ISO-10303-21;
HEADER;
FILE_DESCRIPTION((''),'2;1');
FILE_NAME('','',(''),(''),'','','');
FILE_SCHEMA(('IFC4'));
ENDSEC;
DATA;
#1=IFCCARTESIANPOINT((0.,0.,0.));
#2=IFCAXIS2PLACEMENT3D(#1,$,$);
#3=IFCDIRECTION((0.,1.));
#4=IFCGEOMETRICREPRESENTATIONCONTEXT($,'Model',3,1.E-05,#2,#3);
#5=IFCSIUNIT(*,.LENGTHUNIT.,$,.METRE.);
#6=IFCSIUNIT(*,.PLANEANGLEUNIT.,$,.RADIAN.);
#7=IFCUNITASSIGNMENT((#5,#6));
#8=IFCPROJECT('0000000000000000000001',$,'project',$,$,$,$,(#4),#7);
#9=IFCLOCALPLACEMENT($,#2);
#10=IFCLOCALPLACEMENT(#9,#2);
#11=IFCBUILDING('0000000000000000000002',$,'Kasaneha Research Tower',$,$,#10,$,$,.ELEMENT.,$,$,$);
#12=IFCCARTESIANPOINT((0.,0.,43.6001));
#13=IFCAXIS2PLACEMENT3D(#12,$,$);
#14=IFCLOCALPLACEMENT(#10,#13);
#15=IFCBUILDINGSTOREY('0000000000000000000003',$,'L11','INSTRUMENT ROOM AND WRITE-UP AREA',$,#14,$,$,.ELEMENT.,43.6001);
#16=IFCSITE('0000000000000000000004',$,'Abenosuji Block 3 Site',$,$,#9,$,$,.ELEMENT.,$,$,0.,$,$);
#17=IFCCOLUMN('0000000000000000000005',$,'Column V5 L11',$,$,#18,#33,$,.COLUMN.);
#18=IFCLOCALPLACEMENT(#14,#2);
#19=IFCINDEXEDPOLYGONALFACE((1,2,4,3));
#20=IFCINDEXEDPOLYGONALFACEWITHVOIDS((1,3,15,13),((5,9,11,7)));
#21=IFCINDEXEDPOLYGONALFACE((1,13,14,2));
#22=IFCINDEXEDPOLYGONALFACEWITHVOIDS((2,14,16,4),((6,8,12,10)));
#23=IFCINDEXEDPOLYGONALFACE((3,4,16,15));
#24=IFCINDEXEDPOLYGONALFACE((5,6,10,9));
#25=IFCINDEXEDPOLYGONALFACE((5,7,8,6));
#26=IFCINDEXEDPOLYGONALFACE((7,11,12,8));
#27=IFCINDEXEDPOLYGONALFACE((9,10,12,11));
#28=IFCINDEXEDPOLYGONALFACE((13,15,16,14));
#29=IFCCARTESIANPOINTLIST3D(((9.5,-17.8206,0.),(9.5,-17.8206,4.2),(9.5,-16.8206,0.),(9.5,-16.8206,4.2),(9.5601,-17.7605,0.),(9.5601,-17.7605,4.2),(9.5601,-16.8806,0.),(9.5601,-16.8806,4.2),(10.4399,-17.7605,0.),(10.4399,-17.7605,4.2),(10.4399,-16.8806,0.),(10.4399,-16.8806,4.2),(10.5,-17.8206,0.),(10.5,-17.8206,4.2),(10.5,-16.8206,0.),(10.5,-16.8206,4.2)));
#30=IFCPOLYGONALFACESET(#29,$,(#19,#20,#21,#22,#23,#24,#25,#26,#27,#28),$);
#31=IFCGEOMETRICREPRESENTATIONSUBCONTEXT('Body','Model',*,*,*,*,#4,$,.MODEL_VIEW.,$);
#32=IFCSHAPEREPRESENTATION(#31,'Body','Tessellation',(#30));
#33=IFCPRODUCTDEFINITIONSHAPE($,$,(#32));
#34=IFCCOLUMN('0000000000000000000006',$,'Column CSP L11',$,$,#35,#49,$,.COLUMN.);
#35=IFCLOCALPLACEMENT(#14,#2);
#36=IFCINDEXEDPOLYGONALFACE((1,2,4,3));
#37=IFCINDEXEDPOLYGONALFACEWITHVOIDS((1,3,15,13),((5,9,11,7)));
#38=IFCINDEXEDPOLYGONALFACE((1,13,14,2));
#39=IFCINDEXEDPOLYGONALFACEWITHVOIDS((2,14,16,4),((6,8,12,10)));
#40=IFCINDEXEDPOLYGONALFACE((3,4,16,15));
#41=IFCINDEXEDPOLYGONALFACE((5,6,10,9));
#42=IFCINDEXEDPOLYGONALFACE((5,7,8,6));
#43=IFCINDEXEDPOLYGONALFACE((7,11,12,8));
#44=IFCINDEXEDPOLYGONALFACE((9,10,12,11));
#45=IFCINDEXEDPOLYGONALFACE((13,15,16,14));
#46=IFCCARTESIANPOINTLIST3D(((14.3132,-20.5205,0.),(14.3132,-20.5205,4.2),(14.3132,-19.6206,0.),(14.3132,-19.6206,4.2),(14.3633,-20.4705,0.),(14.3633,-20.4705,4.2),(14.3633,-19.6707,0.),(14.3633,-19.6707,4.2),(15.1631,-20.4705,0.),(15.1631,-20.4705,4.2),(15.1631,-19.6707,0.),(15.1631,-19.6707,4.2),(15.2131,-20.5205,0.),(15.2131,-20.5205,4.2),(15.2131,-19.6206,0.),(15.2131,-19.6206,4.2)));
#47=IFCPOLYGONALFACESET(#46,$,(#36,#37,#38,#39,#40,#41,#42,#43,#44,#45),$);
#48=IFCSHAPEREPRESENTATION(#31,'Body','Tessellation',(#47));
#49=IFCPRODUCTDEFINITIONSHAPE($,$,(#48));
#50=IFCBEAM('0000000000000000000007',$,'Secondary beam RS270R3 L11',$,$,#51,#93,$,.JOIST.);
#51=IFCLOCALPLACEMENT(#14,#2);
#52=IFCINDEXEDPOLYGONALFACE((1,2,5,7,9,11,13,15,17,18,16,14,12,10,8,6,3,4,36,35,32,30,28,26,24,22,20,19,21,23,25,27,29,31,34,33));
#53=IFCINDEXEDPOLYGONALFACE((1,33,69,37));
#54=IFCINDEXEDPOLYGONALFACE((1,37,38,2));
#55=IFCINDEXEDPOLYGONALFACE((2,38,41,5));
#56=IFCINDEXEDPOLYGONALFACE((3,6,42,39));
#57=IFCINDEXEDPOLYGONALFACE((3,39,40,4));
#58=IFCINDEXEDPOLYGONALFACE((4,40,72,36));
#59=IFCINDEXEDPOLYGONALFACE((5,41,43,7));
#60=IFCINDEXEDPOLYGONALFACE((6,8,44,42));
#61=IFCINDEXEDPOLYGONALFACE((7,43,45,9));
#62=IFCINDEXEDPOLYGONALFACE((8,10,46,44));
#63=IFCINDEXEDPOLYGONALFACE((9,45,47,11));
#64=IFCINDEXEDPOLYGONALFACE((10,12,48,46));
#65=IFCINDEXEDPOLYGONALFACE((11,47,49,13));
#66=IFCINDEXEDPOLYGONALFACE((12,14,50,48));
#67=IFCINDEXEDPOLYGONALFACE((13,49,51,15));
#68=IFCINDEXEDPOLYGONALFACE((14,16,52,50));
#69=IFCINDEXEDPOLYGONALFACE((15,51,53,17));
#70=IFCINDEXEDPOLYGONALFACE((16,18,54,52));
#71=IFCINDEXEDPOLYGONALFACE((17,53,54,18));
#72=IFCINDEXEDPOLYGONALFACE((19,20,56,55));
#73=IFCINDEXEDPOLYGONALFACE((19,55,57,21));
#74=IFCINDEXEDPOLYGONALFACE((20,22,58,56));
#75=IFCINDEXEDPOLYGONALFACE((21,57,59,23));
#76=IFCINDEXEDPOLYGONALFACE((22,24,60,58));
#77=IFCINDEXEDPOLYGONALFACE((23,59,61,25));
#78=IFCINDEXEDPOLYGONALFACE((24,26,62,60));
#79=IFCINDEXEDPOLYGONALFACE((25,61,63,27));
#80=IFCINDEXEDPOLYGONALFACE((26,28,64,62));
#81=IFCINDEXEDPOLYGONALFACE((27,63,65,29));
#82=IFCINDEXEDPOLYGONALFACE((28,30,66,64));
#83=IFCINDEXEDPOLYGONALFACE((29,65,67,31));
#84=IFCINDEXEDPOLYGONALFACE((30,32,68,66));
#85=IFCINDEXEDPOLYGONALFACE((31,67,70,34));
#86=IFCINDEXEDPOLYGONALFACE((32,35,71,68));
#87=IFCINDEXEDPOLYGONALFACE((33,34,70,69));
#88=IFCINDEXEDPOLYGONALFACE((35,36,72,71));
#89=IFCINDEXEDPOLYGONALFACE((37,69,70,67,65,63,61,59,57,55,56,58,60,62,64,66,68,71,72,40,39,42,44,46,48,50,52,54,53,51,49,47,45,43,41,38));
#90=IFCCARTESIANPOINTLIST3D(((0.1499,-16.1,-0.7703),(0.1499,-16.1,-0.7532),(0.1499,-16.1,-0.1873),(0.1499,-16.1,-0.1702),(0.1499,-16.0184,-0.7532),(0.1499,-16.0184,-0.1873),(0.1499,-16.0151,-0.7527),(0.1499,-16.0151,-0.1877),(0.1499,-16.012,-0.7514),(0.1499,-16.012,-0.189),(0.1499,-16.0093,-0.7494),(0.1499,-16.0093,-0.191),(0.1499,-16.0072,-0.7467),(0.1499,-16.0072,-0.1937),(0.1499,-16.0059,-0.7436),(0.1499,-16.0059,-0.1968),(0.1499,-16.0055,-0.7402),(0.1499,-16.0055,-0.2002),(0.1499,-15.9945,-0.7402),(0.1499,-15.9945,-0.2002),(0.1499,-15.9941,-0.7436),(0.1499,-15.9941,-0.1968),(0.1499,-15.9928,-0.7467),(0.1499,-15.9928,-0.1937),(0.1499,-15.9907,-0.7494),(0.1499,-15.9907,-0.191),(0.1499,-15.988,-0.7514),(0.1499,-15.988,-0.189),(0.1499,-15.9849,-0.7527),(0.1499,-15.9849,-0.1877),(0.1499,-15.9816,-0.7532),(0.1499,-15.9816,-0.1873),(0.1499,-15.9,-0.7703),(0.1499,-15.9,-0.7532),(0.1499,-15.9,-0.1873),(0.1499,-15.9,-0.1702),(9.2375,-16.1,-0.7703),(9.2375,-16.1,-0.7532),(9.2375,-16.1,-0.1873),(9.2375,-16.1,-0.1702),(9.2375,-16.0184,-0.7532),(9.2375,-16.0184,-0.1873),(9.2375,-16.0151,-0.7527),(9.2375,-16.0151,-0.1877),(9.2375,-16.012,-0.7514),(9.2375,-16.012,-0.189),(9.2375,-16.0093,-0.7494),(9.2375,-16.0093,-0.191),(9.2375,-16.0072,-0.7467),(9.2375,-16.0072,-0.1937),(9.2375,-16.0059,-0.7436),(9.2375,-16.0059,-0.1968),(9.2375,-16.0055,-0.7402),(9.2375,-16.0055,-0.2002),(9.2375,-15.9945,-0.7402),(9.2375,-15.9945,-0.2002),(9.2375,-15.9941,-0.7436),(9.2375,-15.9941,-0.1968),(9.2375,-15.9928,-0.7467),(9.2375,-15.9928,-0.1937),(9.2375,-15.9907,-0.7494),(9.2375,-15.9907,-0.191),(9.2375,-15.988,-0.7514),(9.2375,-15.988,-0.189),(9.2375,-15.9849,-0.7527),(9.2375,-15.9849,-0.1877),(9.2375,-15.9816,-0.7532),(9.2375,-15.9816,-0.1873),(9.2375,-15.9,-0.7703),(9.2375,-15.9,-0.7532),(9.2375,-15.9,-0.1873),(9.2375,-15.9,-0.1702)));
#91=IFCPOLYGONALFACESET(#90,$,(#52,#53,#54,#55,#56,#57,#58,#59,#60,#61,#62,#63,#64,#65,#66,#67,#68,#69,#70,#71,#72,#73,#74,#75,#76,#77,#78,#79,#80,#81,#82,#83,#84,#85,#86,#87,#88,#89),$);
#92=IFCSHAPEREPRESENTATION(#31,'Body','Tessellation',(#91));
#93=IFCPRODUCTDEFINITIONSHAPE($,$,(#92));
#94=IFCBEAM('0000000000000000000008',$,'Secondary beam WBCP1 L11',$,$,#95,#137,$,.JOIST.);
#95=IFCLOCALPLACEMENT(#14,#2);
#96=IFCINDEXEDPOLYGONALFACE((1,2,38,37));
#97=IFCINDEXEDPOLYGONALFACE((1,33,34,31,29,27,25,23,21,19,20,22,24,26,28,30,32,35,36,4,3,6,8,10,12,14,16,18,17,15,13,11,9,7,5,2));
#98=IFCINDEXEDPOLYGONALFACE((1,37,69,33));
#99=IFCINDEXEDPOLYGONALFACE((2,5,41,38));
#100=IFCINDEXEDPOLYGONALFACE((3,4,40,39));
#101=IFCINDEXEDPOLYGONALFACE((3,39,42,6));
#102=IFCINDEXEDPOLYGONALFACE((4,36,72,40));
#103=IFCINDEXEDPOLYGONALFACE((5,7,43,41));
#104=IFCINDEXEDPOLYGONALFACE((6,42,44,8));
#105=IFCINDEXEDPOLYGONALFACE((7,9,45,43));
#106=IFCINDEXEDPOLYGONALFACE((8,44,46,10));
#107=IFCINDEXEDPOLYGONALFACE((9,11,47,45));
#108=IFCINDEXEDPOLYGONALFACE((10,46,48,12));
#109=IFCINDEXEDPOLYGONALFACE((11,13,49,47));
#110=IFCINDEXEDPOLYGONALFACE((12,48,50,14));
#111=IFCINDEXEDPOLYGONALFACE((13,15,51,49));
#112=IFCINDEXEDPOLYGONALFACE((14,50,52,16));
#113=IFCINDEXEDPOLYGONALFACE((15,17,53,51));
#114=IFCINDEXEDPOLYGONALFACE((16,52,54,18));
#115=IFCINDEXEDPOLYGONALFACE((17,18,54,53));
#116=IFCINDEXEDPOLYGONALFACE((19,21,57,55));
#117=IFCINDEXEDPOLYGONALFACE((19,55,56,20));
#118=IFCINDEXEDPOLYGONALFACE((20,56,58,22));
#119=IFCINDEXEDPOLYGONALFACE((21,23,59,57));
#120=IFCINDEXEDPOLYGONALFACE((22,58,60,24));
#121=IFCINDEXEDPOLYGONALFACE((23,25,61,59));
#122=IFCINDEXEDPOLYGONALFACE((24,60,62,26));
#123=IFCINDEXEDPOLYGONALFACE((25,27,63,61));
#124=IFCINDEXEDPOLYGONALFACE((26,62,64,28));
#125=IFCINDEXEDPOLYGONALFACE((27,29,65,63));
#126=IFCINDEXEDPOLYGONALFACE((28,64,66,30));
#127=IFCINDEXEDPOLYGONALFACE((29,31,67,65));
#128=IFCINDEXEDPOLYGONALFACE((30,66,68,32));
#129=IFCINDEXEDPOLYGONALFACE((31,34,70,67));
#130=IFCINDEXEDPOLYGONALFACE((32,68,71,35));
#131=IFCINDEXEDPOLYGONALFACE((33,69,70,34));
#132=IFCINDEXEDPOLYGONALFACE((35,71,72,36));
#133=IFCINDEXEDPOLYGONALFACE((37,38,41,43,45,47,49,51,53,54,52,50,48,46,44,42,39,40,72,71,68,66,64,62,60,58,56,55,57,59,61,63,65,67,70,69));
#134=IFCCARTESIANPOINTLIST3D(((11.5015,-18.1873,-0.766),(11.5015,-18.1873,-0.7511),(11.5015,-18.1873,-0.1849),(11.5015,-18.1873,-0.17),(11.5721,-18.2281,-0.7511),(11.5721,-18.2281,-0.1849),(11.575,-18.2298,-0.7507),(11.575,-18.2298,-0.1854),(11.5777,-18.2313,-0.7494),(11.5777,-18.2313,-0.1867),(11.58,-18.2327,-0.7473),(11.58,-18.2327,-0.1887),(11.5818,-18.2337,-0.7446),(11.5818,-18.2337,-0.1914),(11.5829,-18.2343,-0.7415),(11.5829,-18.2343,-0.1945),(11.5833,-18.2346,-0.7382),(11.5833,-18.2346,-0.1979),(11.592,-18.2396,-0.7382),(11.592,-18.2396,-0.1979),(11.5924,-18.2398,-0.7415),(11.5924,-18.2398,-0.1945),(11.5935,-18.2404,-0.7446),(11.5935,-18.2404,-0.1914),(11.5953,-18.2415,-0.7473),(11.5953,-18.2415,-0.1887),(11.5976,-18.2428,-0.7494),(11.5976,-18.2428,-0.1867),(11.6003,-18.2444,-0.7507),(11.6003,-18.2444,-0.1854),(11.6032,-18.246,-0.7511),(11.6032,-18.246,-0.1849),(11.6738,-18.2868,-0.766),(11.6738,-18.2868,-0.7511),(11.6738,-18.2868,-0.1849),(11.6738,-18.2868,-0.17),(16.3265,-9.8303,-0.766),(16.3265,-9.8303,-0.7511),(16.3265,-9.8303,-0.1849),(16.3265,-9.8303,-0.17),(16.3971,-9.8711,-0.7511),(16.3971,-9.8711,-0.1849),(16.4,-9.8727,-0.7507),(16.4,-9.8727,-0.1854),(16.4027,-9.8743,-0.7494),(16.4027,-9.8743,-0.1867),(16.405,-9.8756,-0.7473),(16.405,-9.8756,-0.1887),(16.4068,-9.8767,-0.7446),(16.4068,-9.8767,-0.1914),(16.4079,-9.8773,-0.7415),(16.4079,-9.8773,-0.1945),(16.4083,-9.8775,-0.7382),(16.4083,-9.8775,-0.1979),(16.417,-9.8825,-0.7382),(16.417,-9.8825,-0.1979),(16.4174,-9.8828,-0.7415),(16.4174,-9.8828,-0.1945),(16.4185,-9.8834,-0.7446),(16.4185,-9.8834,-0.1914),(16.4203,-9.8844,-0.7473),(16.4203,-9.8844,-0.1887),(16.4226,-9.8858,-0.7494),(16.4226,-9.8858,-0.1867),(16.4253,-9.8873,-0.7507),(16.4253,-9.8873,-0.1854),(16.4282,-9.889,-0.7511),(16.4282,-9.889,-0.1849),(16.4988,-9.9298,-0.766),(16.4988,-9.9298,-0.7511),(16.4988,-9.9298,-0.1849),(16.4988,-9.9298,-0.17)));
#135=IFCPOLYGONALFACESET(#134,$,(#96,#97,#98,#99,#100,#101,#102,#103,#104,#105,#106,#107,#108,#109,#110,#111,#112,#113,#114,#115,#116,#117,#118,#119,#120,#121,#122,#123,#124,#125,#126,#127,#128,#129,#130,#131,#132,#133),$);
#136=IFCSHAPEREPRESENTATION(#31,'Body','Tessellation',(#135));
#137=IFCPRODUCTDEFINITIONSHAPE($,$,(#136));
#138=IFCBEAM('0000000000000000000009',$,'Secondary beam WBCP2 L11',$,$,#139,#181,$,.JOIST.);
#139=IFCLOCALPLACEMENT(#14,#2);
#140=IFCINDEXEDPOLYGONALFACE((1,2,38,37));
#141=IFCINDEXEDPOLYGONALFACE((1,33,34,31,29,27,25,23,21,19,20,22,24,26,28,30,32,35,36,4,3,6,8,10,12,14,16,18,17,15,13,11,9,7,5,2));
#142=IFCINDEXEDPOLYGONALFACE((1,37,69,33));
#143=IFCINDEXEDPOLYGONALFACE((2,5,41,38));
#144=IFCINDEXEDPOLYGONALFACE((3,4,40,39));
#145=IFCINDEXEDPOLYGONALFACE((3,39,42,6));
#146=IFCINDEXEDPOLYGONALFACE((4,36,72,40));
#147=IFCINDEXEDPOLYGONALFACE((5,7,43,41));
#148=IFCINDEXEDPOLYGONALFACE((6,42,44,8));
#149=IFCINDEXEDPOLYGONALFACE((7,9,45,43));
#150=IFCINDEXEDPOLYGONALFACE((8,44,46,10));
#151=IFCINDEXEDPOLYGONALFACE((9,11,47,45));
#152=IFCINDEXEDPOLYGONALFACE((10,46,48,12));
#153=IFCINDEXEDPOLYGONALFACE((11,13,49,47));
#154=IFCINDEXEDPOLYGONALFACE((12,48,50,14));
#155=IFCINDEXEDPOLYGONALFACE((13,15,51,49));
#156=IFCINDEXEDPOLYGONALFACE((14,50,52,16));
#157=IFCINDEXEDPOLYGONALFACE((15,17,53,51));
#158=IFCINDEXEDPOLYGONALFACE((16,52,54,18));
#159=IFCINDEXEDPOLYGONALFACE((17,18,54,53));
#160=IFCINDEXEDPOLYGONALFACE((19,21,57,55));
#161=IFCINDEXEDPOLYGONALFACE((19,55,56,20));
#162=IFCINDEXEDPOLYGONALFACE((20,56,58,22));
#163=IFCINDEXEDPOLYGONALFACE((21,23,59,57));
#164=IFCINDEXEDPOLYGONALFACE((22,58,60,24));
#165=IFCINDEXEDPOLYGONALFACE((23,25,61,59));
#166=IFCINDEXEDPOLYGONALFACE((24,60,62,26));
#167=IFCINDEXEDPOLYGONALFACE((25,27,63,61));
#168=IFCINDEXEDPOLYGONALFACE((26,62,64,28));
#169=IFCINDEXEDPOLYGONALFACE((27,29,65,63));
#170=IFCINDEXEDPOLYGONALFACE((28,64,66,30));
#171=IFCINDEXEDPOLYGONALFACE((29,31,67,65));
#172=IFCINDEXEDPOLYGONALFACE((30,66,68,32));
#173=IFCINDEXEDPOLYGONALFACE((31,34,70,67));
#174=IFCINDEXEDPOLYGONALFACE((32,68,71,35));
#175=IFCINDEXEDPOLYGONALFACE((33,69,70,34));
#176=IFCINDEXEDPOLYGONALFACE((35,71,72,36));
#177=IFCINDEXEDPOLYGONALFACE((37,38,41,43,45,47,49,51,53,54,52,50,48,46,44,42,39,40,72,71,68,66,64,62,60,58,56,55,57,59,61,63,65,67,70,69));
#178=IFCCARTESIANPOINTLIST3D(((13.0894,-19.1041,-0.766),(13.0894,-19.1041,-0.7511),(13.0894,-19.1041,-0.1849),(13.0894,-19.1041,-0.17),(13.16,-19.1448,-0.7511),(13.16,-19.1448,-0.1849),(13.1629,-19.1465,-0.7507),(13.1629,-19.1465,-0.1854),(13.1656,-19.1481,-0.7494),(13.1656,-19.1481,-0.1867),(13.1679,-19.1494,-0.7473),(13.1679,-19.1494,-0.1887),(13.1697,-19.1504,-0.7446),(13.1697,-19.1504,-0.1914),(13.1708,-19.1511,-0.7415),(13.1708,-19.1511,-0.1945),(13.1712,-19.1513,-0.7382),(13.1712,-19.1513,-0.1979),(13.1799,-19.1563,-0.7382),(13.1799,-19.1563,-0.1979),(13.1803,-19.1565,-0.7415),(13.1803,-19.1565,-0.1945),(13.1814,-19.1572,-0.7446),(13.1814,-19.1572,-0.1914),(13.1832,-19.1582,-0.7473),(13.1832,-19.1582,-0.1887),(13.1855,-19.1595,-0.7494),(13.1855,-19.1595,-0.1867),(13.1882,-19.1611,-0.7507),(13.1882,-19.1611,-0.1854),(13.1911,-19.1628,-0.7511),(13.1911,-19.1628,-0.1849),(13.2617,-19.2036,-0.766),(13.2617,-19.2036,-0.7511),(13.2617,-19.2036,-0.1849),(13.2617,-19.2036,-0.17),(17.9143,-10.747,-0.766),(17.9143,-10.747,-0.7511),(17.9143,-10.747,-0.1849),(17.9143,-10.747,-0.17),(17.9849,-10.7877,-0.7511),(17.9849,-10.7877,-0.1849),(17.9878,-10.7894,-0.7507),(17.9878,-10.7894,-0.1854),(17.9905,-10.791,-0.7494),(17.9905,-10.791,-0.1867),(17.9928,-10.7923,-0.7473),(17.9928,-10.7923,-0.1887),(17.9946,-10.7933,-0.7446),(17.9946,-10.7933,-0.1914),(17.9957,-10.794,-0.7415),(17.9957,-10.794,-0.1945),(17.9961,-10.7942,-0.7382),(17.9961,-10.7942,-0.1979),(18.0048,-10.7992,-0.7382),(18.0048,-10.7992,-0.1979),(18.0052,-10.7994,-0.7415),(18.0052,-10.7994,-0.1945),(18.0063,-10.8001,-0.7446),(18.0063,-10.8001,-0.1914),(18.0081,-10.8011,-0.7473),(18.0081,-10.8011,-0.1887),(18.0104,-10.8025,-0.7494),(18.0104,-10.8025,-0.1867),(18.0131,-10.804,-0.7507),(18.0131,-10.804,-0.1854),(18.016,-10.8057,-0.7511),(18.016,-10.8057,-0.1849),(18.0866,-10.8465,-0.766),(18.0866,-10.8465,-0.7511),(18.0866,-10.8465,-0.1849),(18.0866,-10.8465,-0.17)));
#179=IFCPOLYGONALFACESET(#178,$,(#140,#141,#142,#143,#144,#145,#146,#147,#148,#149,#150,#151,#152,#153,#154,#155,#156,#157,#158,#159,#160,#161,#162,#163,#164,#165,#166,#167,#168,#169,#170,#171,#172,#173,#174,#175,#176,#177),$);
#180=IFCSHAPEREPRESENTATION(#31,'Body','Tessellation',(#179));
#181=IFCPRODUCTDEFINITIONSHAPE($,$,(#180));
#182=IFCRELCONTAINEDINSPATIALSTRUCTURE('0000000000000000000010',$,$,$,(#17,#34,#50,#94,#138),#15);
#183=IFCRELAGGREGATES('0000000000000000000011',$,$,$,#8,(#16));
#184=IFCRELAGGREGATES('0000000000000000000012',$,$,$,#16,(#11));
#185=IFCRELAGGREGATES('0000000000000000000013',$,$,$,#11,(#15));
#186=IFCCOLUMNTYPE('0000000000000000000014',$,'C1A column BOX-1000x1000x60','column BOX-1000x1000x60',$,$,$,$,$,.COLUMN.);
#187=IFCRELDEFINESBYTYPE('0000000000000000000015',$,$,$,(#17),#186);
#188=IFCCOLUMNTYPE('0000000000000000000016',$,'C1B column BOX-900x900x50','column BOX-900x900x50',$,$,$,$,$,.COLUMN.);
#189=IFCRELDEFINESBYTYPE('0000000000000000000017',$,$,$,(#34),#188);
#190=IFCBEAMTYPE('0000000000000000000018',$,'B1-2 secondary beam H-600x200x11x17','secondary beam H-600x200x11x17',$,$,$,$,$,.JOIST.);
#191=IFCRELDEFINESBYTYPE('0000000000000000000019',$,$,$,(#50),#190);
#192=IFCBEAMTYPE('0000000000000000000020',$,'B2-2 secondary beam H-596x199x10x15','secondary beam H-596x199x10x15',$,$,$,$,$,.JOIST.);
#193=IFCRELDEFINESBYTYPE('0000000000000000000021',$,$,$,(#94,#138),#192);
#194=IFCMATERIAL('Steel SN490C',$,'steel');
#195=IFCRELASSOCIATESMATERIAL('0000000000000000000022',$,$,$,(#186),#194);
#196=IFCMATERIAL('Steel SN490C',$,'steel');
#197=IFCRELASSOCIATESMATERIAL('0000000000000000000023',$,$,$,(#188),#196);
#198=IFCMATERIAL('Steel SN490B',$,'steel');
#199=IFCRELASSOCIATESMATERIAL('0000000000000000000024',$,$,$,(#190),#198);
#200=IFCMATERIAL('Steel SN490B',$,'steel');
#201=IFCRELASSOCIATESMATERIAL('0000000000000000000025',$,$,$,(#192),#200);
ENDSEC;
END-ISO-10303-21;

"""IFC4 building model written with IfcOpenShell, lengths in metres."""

from ifc_helpers import new_model, si_unit, direction, frame, origin, origin_2d, place, context, subcontext, project, spatial, hollow_rectangle, i_section, extrude, material, material_profile, profile_set, type_object, element, save


model = new_model("IFC4")

# Units and contexts
model_context = context("Model", 3, precision=1e-05, world=origin(), true_north=direction((0.0, 1.0)))
body_context = subcontext(model_context, "Body", "Model", "MODEL_VIEW")
ifc_project = project(units=[si_unit("LENGTHUNIT", "METRE"), si_unit("PLANEANGLEUNIT", "RADIAN")], contexts=[model_context])

# Site, building, storey
site_placement = place(None, origin())
site = spatial("IfcSite", under=ifc_project, at=site_placement, Name="Abenosuji Block 3 Site", CompositionType="ELEMENT", RefElevation=0.0)
building_placement = place(site_placement, origin())
building = spatial("IfcBuilding", under=site, at=building_placement, Name="Kasaneha Research Tower", CompositionType="ELEMENT")
storey_placement = place(building_placement, frame((0.0, 0.0, 43.6001)))
storey = spatial("IfcBuildingStorey", under=building, at=storey_placement, Name="L11", Description="INSTRUMENT ROOM AND WRITE-UP AREA", CompositionType="ELEMENT", Elevation=43.6001)

# Columns
ifc_material_1 = material(Name="Steel SN490C", Category="steel")
ifc_material_profile_1 = material_profile(ifc_material_1, hollow_rectangle(XDim=1.0, YDim=1.0, WallThickness=0.0601, at=origin_2d()), Name="BOX-1000x1000x60")
ifc_profile_set_1 = profile_set([ifc_material_profile_1], Name="Steel SN490C")
column_type_1 = type_object("IfcColumnType", Name="C1A column BOX-1000x1000x60", Description="column BOX-1000x1000x60", PredefinedType="COLUMN", material=ifc_profile_set_1)
column_1_placement = place(storey_placement, frame((10.0, -17.3206, 0.0), z_axis=(0.0, 0.0, 1.0), x_axis=(1.0, 0.0, 0.0)))
element("IfcColumn", 1, at=column_1_placement, inside=storey, type_object=column_type_1, Name="Column V5 L11", PredefinedType="COLUMN", context=body_context, shape_type="SweptSolid", body=[
    extrude(hollow_rectangle(XDim=1.0, YDim=1.0, WallThickness=0.0601, at=origin_2d()), origin(), (0.0, 0.0, 1.0), 4.2),
])
ifc_material_2 = material(Name="Steel SN490C", Category="steel")
ifc_material_profile_2 = material_profile(ifc_material_2, hollow_rectangle(XDim=0.8999, YDim=0.8999, WallThickness=0.05, at=origin_2d()), Name="BOX-900x900x50")
ifc_profile_set_2 = profile_set([ifc_material_profile_2], Name="Steel SN490C")
column_type_2 = type_object("IfcColumnType", Name="C1B column BOX-900x900x50", Description="column BOX-900x900x50", PredefinedType="COLUMN", material=ifc_profile_set_2)
column_2_placement = place(storey_placement, frame((14.7632, -20.0706, 0.0), z_axis=(0.0, 0.0, 1.0), x_axis=(1.0, 0.0, 0.0)))
element("IfcColumn", 2, at=column_2_placement, inside=storey, type_object=column_type_2, Name="Column CSP L11", PredefinedType="COLUMN", context=body_context, shape_type="SweptSolid", body=[
    extrude(hollow_rectangle(XDim=0.8999, YDim=0.8999, WallThickness=0.05, at=origin_2d()), origin(), (0.0, 0.0, 1.0), 4.2),
])

# Beams
ifc_material_3 = material(Name="Steel SN490B", Category="steel")
ifc_material_profile_3 = material_profile(ifc_material_3, i_section(OverallWidth=0.2, OverallDepth=0.6001, WebThickness=0.011, FlangeThickness=0.0171, FilletRadius=0.0129, at=origin_2d()), Name="H-600x200x11x17")
ifc_profile_set_3 = profile_set([ifc_material_profile_3], Name="Steel SN490B")
beam_type_1 = type_object("IfcBeamType", Name="B1-2 secondary beam H-600x200x11x17", Description="secondary beam H-600x200x11x17", PredefinedType="JOIST", material=ifc_profile_set_3)
beam_1_placement = place(storey_placement, frame((9.2375, -16.0, -0.4702), z_axis=(-1.0, 0.0, 0.0), x_axis=(0.0, -1.0, 0.0)))
element("IfcBeam", 3, at=beam_1_placement, inside=storey, type_object=beam_type_1, Name="Secondary beam RS270R3 L11", PredefinedType="JOIST", context=body_context, shape_type="SweptSolid", body=[
    extrude(i_section(OverallWidth=0.2, OverallDepth=0.6001, WebThickness=0.011, FlangeThickness=0.0171, FilletRadius=0.0129, at=origin_2d()), origin(), (0.0, 0.0, 1.0), 9.0876),
])
ifc_material_4 = material(Name="Steel SN490B", Category="steel")
ifc_material_profile_4 = material_profile(ifc_material_4, i_section(OverallWidth=0.199, OverallDepth=0.5959, WebThickness=0.01, FlangeThickness=0.0149, FilletRadius=0.0129, at=origin_2d()), Name="H-596x199x10x15")
ifc_profile_set_4 = profile_set([ifc_material_profile_4], Name="Steel SN490B")
beam_type_2 = type_object("IfcBeamType", Name="B2-2 secondary beam H-596x199x10x15", Description="secondary beam H-596x199x10x15", PredefinedType="JOIST", material=ifc_profile_set_4)
for number, where, z_axis, x_axis, name in (
    (4, (11.5876, -18.2371, -0.468), (0.500006, 0.866022, 0.0), (-0.866022, 0.500006, 0.0), "Secondary beam WBCP1 L11"),
    (5, (13.1755, -19.1538, -0.468), (0.499995, 0.866028, 0.0), (-0.866028, 0.499995, 0.0), "Secondary beam WBCP2 L11"),
):
    element("IfcBeam", number, at=place(storey_placement, frame(where, z_axis=z_axis, x_axis=x_axis)), inside=storey, type_object=beam_type_2, Name=name, PredefinedType="JOIST", context=body_context, shape_type="SweptSolid", body=[
        extrude(i_section(OverallWidth=0.199, OverallDepth=0.5959, WebThickness=0.01, FlangeThickness=0.0149, FilletRadius=0.0129, at=origin_2d()), origin(), (0.0, 0.0, 1.0), 9.6499),
    ])

save(model, "model.ifc")
